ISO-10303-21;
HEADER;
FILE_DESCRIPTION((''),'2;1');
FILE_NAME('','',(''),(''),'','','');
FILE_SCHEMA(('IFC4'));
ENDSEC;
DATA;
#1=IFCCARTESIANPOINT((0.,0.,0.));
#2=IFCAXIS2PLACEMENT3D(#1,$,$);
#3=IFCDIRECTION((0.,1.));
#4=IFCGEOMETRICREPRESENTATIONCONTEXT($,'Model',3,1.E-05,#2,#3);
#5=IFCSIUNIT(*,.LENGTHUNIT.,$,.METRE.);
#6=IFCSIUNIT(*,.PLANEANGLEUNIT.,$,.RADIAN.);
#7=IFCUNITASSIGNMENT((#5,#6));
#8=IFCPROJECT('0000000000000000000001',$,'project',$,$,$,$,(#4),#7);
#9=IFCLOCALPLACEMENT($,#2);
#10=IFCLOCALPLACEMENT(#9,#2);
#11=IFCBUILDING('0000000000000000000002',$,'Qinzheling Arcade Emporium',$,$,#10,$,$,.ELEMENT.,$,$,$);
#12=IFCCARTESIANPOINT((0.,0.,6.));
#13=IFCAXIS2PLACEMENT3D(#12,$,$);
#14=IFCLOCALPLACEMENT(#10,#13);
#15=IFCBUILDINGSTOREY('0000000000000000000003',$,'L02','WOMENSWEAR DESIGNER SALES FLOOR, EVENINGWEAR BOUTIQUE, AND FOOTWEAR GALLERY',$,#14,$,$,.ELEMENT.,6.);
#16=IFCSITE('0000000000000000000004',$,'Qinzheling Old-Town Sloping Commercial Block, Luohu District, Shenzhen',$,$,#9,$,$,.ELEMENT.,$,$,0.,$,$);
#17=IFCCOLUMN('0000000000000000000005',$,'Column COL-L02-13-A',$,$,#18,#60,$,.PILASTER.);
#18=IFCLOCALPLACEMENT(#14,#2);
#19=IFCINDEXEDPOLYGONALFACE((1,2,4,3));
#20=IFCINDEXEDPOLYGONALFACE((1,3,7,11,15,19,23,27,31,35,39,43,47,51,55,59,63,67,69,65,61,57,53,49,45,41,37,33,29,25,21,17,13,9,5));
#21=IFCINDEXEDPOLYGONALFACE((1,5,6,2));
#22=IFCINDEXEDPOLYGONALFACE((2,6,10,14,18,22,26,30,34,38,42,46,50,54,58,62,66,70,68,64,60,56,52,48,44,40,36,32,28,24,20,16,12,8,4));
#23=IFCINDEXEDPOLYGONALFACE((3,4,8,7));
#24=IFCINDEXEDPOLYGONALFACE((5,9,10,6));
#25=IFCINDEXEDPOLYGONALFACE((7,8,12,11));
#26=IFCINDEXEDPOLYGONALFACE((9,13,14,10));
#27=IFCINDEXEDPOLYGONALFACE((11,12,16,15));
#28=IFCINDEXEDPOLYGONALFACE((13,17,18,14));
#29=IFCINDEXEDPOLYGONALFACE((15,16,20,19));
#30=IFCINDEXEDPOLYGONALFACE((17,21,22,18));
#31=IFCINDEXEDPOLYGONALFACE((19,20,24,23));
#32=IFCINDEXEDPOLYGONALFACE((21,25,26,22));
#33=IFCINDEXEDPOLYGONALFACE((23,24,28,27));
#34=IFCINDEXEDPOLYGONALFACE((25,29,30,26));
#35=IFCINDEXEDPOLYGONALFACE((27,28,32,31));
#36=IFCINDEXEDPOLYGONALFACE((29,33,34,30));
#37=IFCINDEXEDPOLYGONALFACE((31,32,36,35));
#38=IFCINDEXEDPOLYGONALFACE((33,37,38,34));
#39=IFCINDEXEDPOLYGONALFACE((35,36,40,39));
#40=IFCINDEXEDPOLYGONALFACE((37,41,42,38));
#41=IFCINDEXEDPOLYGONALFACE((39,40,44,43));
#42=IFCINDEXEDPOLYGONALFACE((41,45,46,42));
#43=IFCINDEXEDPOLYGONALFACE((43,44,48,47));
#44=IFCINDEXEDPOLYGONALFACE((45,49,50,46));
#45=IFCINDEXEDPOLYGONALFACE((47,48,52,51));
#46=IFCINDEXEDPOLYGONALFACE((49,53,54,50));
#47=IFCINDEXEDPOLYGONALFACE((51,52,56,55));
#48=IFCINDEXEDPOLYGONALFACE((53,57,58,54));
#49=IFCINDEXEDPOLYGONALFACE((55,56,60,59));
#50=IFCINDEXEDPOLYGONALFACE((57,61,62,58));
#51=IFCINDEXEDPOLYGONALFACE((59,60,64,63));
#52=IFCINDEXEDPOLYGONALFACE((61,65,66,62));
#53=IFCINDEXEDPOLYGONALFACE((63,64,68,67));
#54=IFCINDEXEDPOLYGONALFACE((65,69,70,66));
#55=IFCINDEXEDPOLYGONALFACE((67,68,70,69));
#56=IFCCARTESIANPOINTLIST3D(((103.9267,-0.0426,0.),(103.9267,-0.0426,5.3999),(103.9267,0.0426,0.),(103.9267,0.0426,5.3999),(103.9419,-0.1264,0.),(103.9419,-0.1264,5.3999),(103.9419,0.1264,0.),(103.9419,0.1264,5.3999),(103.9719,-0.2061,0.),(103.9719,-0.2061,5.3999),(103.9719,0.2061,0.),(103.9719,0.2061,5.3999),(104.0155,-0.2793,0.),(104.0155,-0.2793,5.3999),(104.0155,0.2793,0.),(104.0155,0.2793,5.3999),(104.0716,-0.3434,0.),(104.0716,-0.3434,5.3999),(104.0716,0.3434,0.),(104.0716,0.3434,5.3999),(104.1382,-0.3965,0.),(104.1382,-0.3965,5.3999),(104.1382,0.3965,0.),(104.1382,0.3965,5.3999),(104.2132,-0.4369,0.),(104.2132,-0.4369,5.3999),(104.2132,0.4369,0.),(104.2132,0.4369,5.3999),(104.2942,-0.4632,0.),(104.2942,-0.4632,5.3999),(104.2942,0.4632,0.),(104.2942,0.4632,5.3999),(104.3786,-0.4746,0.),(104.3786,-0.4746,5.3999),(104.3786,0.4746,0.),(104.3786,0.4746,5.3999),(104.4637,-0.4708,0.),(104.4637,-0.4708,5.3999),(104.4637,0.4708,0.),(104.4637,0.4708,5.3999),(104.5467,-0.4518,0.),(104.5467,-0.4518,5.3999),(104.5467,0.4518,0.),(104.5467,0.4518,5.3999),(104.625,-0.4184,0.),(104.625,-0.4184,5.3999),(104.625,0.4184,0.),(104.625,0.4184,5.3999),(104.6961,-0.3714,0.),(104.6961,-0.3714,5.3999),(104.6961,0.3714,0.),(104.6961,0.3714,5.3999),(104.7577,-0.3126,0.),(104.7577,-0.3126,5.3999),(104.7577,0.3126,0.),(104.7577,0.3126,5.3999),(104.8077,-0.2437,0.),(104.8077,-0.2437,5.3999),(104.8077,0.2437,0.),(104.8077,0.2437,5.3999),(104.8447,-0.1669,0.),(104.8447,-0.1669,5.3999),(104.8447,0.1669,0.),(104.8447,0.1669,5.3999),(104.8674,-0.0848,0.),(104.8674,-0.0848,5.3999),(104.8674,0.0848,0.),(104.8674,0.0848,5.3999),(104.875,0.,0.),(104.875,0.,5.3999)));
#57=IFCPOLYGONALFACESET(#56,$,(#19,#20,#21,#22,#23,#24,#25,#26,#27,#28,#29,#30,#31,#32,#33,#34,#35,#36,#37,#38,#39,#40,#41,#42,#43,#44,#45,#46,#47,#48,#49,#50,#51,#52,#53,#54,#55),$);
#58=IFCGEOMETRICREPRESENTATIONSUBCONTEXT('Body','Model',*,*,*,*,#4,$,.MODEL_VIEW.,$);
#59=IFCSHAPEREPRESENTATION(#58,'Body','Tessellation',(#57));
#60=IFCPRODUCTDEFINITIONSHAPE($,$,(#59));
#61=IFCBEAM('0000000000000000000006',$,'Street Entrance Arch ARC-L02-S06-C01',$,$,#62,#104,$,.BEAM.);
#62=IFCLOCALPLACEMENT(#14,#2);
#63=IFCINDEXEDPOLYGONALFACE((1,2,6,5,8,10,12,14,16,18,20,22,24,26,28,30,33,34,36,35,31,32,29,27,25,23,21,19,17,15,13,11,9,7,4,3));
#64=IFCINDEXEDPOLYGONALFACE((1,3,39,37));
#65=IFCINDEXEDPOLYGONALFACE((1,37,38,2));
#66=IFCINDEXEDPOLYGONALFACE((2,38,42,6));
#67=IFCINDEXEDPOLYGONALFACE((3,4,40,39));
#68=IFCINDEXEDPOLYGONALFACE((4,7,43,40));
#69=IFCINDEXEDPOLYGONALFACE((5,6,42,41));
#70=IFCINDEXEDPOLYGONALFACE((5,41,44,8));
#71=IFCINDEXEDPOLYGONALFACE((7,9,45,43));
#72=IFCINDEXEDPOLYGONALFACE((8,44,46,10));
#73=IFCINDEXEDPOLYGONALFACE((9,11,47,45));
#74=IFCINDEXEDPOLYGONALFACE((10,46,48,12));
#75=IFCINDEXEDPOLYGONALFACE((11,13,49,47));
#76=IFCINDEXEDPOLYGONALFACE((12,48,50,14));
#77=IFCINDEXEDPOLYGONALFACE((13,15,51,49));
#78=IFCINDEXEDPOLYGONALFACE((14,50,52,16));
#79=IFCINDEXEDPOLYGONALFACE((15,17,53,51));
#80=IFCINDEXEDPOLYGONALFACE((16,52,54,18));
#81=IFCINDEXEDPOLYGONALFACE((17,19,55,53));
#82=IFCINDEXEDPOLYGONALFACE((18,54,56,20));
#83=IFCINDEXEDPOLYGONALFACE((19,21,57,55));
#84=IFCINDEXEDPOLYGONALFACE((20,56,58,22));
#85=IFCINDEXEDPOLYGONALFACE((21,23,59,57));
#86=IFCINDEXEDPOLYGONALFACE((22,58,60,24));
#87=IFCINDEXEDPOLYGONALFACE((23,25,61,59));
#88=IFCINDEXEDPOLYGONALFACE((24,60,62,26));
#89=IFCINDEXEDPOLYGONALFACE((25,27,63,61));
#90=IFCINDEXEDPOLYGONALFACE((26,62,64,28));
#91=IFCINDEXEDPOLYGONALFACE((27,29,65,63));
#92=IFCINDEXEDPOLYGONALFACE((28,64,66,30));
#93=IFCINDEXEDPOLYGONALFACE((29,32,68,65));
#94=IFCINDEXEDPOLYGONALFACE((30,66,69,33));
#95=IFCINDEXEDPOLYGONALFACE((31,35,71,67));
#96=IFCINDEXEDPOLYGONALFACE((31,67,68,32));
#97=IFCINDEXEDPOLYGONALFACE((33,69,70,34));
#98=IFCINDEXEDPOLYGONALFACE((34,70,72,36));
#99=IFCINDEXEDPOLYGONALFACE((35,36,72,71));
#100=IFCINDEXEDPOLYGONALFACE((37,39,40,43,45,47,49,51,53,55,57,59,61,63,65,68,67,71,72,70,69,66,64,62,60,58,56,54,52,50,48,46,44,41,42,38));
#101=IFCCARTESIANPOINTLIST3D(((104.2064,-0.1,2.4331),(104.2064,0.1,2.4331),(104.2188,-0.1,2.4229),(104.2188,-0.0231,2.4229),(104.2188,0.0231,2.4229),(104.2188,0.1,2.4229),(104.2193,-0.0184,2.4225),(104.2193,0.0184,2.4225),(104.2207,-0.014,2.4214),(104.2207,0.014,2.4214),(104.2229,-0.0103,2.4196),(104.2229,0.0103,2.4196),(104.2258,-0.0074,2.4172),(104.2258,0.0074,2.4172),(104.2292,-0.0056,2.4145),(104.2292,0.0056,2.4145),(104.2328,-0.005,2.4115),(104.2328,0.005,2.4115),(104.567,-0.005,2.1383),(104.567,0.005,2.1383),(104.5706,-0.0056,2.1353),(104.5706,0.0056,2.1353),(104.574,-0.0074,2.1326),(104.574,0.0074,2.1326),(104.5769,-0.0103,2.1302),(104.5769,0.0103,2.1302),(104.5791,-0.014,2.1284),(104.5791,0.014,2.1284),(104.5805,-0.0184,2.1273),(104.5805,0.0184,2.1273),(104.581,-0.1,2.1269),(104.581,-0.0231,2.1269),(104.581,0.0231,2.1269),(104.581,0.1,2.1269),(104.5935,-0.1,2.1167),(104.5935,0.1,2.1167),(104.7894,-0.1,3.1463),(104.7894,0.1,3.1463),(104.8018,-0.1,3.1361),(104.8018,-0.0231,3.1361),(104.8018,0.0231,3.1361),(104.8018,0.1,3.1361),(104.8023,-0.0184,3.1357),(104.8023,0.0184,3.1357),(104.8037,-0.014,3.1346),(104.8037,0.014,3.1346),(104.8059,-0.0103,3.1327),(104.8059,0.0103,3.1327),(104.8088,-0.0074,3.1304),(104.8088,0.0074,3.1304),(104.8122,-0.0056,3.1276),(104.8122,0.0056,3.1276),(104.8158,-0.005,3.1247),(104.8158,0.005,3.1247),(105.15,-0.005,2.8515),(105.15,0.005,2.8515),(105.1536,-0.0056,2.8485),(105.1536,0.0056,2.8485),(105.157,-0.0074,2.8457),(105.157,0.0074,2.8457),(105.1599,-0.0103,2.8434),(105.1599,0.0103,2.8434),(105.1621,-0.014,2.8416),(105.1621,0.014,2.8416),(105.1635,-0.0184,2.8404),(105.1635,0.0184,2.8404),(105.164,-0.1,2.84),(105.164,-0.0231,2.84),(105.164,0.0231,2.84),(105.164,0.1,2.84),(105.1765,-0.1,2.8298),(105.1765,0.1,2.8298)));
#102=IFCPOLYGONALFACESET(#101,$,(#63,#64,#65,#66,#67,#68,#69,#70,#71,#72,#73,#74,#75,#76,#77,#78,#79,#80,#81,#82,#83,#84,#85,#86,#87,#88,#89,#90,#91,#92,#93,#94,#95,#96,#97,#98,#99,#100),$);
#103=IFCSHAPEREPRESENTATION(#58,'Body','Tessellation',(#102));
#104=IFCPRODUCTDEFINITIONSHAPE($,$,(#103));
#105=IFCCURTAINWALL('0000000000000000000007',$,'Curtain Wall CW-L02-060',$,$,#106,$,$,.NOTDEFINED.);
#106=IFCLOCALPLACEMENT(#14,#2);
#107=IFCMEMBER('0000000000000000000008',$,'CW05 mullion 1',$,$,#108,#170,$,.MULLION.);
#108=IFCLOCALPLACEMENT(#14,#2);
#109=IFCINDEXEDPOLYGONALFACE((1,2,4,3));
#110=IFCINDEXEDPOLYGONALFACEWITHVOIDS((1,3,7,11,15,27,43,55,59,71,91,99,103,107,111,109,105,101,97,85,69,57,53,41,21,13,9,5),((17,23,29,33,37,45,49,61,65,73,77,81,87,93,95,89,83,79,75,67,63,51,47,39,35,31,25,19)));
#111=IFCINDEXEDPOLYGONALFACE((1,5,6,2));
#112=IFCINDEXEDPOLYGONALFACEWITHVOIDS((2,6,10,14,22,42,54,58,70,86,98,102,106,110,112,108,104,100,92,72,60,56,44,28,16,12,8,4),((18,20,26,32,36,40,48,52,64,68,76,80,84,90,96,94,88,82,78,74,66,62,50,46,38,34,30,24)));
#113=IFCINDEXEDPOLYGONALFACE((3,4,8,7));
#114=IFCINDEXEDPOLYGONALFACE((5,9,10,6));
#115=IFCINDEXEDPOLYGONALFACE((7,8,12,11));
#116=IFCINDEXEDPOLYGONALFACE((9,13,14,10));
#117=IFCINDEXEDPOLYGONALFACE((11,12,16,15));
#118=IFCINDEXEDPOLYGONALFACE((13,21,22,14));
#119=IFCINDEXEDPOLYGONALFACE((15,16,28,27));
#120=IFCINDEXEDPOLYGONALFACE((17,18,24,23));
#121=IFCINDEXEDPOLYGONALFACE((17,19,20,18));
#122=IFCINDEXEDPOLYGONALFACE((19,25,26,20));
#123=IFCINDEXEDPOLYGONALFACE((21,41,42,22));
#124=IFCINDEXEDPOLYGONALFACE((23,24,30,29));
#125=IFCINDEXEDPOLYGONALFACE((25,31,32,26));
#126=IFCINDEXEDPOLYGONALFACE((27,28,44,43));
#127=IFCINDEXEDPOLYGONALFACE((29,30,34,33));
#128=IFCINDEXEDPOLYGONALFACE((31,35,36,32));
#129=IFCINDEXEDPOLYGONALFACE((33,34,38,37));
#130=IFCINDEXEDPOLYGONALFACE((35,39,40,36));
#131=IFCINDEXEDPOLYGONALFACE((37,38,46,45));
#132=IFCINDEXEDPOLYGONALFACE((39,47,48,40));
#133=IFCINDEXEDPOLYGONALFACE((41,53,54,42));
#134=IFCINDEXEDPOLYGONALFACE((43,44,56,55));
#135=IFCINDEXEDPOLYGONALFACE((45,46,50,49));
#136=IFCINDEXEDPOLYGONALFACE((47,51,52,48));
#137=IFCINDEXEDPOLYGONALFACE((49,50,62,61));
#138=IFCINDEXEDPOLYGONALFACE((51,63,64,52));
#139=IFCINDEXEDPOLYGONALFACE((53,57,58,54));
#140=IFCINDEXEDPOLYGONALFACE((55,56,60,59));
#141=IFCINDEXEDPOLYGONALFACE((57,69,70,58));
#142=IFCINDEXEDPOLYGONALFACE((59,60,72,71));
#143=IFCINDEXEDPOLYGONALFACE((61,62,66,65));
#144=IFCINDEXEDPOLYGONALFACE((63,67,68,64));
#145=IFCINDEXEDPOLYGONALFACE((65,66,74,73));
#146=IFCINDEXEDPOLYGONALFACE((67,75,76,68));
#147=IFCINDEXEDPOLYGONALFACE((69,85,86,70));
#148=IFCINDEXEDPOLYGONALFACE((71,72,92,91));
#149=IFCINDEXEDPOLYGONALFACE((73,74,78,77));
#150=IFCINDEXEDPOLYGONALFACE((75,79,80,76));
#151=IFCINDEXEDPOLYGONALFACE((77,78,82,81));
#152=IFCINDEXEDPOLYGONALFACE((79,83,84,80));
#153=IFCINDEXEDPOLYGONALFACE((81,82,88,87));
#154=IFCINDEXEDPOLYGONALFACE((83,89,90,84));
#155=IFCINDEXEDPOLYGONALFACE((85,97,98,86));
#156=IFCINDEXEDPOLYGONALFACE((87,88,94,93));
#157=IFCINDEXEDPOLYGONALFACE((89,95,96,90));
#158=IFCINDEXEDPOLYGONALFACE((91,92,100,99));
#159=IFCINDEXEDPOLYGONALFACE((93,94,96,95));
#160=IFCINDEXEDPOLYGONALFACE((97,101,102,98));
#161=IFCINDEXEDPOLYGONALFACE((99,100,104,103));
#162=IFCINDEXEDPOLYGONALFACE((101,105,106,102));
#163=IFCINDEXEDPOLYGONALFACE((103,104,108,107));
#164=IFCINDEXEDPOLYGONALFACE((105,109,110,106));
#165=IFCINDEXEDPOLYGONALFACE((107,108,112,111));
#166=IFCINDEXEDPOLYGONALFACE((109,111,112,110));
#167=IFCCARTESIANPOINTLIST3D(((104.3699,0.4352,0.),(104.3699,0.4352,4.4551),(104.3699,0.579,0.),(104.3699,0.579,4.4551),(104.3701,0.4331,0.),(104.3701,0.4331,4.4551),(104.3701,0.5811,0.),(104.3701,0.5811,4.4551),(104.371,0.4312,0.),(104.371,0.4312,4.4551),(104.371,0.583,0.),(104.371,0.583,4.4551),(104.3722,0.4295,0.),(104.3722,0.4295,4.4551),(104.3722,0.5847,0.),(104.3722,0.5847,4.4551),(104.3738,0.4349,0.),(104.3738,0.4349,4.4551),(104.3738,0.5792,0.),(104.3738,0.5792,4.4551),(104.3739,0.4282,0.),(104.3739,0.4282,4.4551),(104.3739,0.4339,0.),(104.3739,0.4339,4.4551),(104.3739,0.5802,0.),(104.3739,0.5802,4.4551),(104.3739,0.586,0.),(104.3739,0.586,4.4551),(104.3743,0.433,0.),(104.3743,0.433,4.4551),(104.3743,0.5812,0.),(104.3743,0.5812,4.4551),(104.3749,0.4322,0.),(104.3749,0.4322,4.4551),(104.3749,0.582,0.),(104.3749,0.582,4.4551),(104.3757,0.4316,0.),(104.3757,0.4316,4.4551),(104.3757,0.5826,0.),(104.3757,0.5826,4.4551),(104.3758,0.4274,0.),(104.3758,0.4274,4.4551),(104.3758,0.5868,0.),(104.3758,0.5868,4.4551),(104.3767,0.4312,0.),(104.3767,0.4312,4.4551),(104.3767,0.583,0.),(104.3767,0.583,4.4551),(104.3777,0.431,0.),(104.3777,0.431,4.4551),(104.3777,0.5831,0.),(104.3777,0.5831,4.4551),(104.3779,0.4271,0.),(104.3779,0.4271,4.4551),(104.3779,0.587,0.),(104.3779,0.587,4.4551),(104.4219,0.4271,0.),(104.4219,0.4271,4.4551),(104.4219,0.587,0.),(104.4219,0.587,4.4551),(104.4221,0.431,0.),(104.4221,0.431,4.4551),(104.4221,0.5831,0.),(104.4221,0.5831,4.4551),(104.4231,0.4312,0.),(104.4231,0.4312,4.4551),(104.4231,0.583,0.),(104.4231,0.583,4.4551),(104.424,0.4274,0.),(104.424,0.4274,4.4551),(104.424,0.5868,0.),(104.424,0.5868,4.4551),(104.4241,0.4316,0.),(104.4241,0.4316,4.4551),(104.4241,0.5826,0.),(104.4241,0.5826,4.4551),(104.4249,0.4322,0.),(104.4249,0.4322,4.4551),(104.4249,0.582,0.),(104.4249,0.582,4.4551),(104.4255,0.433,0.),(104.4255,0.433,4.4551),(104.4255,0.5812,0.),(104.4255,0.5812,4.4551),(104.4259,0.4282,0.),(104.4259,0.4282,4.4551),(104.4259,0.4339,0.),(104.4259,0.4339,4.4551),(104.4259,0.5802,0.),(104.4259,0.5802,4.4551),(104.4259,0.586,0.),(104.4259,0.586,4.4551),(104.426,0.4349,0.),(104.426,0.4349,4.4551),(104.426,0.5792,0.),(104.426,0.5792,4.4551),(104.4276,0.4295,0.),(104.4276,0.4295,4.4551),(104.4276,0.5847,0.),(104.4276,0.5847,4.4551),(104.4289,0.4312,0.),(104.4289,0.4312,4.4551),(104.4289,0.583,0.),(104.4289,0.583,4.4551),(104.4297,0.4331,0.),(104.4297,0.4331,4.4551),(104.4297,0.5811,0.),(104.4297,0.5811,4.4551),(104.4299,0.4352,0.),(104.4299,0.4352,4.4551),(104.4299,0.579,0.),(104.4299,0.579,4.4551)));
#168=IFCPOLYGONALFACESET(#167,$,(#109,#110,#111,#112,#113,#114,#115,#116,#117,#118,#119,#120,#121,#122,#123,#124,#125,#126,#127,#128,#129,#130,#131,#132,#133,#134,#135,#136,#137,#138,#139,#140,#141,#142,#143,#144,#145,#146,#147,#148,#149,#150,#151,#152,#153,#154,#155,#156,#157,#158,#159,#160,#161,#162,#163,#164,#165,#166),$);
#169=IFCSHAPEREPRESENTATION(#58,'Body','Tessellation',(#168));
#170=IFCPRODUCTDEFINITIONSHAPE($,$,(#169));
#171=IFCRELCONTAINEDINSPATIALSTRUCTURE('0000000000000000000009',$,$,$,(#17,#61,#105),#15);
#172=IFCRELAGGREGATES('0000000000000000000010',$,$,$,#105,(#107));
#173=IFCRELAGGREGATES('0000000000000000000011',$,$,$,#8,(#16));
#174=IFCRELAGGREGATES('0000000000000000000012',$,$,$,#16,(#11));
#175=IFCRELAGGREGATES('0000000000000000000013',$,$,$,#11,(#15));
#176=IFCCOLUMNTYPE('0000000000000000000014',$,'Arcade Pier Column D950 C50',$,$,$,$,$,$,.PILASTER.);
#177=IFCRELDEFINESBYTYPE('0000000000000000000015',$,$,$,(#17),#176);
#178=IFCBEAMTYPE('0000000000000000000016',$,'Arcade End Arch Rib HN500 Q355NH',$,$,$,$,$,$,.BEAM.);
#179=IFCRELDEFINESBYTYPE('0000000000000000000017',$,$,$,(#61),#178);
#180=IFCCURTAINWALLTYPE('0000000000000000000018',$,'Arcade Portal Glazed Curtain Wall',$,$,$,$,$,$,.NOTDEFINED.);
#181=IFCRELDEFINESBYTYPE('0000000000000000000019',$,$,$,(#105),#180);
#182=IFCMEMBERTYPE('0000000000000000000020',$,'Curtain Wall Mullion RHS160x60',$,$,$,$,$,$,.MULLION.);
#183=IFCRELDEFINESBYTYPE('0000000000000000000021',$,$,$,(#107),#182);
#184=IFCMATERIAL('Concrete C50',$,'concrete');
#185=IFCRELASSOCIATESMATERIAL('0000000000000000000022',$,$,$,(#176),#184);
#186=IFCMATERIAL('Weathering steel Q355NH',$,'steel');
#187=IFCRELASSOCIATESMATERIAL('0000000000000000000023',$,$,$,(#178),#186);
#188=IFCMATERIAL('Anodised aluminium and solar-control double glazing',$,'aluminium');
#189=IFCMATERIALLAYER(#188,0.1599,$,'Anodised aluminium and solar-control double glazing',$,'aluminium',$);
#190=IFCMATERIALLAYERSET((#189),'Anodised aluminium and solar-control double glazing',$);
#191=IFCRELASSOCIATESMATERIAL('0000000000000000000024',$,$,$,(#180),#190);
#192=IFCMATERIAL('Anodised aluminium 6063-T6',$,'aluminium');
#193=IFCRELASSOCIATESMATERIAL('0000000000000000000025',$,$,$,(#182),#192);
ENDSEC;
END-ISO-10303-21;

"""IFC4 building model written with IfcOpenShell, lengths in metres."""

from ifc_helpers import new_model, si_unit, direction, frame, origin, origin_2d, place, context, subcontext, project, spatial, hollow_rectangle, circle, i_section, extrude, material, layer, layer_set, material_profile, profile_set, type_object, element, aggregate, save


model = new_model("IFC4")

# Units and contexts
model_context = context("Model", 3, precision=1e-05, world=origin(), true_north=direction((0.0, 1.0)))
body_context = subcontext(model_context, "Body", "Model", "MODEL_VIEW")
ifc_project = project(units=[si_unit("LENGTHUNIT", "METRE"), si_unit("PLANEANGLEUNIT", "RADIAN")], contexts=[model_context])

# Site, building, storey
site_placement = place(None, origin())
site = spatial("IfcSite", under=ifc_project, at=site_placement, Name="Qinzheling Old-Town Sloping Commercial Block, Luohu District, Shenzhen", CompositionType="ELEMENT", RefElevation=0.0)
building_placement = place(site_placement, origin())
building = spatial("IfcBuilding", under=site, at=building_placement, Name="Qinzheling Arcade Emporium", CompositionType="ELEMENT")
storey_placement = place(building_placement, frame((0.0, 0.0, 6.0)))
storey = spatial("IfcBuildingStorey", under=building, at=storey_placement, Name="L02", Description="WOMENSWEAR DESIGNER SALES FLOOR, EVENINGWEAR BOUTIQUE, AND FOOTWEAR GALLERY", CompositionType="ELEMENT", Elevation=6.0)

# Column
ifc_material_1 = material(Name="Concrete C50", Category="concrete")
ifc_material_profile_1 = material_profile(ifc_material_1, circle(Radius=0.4751, at=origin_2d()), Name="RC D950", Category="concrete")
ifc_profile_set_1 = profile_set([ifc_material_profile_1], Name="Concrete C50")
column_type = type_object("IfcColumnType", Name="Arcade Pier Column D950 C50", PredefinedType="PILASTER", material=ifc_profile_set_1)
column_placement = place(storey_placement, frame((104.3999, 0.0, 0.0), z_axis=(0.0, 0.0, 1.0), x_axis=(1.0, 0.0, 0.0)))
element("IfcColumn", 1, at=column_placement, inside=storey, type_object=column_type, Name="Column COL-L02-13-A", PredefinedType="PILASTER", context=body_context, shape_type="SweptSolid", body=[
    extrude(circle(Radius=0.4751, at=origin_2d()), origin(), (0.0, 0.0, 1.0), 5.3999),
])

# Beam
ifc_material_2 = material(Name="Weathering steel Q355NH", Category="steel")
ifc_material_profile_2 = material_profile(ifc_material_2, i_section(OverallWidth=0.2, OverallDepth=0.5, WebThickness=0.01, FlangeThickness=0.0161, FilletRadius=0.0181, at=origin_2d()), Name="HN 500x200x10x16", Category="steel")
ifc_profile_set_2 = profile_set([ifc_material_profile_2], Name="Weathering steel Q355NH")
beam_type_1 = type_object("IfcBeamType", Name="Arcade End Arch Rib HN500 Q355NH", PredefinedType="BEAM", material=ifc_profile_set_2)
beam_1_placement = place(storey_placement, frame((104.3999, 0.0, 2.2749), z_axis=(0.632935, 0.0, 0.774205), x_axis=(0.0, 1.0, 0.0)))
element("IfcBeam", 2, at=beam_1_placement, inside=storey, type_object=beam_type_1, Name="Street Entrance Arch ARC-L02-S06-C01", PredefinedType="BEAM", context=body_context, shape_type="SweptSolid", body=[
    extrude(i_section(OverallWidth=0.2, OverallDepth=0.5, WebThickness=0.01, FlangeThickness=0.0161, FilletRadius=0.0181, at=origin_2d()), origin(), (0.0, 0.0, 1.0), 0.9211),
])

# Curtain wall, member
ifc_material_3 = material(Name="Anodised aluminium and solar-control double glazing", Category="aluminium")
ifc_layer_1 = layer(ifc_material_3, 0.1599, Name="Anodised aluminium and solar-control double glazing", Category="aluminium")
ifc_layer_set_1 = layer_set([ifc_layer_1], Name="Anodised aluminium and solar-control double glazing")
curtain_wall_type = type_object("IfcCurtainWallType", Name="Arcade Portal Glazed Curtain Wall", PredefinedType="NOTDEFINED", material=ifc_layer_set_1)
curtain_wall_placement = place(storey_placement, origin())
curtain_wall = element("IfcCurtainWall", 3, at=curtain_wall_placement, inside=storey, type_object=curtain_wall_type, Name="Curtain Wall CW-L02-060", PredefinedType="NOTDEFINED")
ifc_material_4 = material(Name="Anodised aluminium 6063-T6", Category="aluminium")
ifc_material_profile_3 = material_profile(ifc_material_4, hollow_rectangle(XDim=0.0601, YDim=0.1599, WallThickness=0.0039, InnerFilletRadius=0.0039, OuterFilletRadius=0.0081, at=origin_2d()), Name="RHS 160x60x4", Category="aluminium")
ifc_profile_set_3 = profile_set([ifc_material_profile_3], Name="Anodised aluminium 6063-T6")
member_type_1 = type_object("IfcMemberType", Name="Curtain Wall Mullion RHS160x60", PredefinedType="MULLION", material=ifc_profile_set_3)
member_1_placement = place(storey_placement, frame((104.3999, 0.5071, 0.0), z_axis=(0.0, 0.0, 1.0), x_axis=(-1.0, 0.0, 0.0)))
member_1 = element("IfcMember", 4, at=member_1_placement, type_object=member_type_1, Name="CW05 mullion 1", PredefinedType="MULLION", context=body_context, shape_type="SweptSolid", body=[
    extrude(hollow_rectangle(XDim=0.0601, YDim=0.1599, WallThickness=0.0039, InnerFilletRadius=0.0039, OuterFilletRadius=0.0081, at=origin_2d()), origin(), (0.0, 0.0, 1.0), 4.4551),
])

aggregate(curtain_wall, [member_1])

save(model, "model.ifc")
